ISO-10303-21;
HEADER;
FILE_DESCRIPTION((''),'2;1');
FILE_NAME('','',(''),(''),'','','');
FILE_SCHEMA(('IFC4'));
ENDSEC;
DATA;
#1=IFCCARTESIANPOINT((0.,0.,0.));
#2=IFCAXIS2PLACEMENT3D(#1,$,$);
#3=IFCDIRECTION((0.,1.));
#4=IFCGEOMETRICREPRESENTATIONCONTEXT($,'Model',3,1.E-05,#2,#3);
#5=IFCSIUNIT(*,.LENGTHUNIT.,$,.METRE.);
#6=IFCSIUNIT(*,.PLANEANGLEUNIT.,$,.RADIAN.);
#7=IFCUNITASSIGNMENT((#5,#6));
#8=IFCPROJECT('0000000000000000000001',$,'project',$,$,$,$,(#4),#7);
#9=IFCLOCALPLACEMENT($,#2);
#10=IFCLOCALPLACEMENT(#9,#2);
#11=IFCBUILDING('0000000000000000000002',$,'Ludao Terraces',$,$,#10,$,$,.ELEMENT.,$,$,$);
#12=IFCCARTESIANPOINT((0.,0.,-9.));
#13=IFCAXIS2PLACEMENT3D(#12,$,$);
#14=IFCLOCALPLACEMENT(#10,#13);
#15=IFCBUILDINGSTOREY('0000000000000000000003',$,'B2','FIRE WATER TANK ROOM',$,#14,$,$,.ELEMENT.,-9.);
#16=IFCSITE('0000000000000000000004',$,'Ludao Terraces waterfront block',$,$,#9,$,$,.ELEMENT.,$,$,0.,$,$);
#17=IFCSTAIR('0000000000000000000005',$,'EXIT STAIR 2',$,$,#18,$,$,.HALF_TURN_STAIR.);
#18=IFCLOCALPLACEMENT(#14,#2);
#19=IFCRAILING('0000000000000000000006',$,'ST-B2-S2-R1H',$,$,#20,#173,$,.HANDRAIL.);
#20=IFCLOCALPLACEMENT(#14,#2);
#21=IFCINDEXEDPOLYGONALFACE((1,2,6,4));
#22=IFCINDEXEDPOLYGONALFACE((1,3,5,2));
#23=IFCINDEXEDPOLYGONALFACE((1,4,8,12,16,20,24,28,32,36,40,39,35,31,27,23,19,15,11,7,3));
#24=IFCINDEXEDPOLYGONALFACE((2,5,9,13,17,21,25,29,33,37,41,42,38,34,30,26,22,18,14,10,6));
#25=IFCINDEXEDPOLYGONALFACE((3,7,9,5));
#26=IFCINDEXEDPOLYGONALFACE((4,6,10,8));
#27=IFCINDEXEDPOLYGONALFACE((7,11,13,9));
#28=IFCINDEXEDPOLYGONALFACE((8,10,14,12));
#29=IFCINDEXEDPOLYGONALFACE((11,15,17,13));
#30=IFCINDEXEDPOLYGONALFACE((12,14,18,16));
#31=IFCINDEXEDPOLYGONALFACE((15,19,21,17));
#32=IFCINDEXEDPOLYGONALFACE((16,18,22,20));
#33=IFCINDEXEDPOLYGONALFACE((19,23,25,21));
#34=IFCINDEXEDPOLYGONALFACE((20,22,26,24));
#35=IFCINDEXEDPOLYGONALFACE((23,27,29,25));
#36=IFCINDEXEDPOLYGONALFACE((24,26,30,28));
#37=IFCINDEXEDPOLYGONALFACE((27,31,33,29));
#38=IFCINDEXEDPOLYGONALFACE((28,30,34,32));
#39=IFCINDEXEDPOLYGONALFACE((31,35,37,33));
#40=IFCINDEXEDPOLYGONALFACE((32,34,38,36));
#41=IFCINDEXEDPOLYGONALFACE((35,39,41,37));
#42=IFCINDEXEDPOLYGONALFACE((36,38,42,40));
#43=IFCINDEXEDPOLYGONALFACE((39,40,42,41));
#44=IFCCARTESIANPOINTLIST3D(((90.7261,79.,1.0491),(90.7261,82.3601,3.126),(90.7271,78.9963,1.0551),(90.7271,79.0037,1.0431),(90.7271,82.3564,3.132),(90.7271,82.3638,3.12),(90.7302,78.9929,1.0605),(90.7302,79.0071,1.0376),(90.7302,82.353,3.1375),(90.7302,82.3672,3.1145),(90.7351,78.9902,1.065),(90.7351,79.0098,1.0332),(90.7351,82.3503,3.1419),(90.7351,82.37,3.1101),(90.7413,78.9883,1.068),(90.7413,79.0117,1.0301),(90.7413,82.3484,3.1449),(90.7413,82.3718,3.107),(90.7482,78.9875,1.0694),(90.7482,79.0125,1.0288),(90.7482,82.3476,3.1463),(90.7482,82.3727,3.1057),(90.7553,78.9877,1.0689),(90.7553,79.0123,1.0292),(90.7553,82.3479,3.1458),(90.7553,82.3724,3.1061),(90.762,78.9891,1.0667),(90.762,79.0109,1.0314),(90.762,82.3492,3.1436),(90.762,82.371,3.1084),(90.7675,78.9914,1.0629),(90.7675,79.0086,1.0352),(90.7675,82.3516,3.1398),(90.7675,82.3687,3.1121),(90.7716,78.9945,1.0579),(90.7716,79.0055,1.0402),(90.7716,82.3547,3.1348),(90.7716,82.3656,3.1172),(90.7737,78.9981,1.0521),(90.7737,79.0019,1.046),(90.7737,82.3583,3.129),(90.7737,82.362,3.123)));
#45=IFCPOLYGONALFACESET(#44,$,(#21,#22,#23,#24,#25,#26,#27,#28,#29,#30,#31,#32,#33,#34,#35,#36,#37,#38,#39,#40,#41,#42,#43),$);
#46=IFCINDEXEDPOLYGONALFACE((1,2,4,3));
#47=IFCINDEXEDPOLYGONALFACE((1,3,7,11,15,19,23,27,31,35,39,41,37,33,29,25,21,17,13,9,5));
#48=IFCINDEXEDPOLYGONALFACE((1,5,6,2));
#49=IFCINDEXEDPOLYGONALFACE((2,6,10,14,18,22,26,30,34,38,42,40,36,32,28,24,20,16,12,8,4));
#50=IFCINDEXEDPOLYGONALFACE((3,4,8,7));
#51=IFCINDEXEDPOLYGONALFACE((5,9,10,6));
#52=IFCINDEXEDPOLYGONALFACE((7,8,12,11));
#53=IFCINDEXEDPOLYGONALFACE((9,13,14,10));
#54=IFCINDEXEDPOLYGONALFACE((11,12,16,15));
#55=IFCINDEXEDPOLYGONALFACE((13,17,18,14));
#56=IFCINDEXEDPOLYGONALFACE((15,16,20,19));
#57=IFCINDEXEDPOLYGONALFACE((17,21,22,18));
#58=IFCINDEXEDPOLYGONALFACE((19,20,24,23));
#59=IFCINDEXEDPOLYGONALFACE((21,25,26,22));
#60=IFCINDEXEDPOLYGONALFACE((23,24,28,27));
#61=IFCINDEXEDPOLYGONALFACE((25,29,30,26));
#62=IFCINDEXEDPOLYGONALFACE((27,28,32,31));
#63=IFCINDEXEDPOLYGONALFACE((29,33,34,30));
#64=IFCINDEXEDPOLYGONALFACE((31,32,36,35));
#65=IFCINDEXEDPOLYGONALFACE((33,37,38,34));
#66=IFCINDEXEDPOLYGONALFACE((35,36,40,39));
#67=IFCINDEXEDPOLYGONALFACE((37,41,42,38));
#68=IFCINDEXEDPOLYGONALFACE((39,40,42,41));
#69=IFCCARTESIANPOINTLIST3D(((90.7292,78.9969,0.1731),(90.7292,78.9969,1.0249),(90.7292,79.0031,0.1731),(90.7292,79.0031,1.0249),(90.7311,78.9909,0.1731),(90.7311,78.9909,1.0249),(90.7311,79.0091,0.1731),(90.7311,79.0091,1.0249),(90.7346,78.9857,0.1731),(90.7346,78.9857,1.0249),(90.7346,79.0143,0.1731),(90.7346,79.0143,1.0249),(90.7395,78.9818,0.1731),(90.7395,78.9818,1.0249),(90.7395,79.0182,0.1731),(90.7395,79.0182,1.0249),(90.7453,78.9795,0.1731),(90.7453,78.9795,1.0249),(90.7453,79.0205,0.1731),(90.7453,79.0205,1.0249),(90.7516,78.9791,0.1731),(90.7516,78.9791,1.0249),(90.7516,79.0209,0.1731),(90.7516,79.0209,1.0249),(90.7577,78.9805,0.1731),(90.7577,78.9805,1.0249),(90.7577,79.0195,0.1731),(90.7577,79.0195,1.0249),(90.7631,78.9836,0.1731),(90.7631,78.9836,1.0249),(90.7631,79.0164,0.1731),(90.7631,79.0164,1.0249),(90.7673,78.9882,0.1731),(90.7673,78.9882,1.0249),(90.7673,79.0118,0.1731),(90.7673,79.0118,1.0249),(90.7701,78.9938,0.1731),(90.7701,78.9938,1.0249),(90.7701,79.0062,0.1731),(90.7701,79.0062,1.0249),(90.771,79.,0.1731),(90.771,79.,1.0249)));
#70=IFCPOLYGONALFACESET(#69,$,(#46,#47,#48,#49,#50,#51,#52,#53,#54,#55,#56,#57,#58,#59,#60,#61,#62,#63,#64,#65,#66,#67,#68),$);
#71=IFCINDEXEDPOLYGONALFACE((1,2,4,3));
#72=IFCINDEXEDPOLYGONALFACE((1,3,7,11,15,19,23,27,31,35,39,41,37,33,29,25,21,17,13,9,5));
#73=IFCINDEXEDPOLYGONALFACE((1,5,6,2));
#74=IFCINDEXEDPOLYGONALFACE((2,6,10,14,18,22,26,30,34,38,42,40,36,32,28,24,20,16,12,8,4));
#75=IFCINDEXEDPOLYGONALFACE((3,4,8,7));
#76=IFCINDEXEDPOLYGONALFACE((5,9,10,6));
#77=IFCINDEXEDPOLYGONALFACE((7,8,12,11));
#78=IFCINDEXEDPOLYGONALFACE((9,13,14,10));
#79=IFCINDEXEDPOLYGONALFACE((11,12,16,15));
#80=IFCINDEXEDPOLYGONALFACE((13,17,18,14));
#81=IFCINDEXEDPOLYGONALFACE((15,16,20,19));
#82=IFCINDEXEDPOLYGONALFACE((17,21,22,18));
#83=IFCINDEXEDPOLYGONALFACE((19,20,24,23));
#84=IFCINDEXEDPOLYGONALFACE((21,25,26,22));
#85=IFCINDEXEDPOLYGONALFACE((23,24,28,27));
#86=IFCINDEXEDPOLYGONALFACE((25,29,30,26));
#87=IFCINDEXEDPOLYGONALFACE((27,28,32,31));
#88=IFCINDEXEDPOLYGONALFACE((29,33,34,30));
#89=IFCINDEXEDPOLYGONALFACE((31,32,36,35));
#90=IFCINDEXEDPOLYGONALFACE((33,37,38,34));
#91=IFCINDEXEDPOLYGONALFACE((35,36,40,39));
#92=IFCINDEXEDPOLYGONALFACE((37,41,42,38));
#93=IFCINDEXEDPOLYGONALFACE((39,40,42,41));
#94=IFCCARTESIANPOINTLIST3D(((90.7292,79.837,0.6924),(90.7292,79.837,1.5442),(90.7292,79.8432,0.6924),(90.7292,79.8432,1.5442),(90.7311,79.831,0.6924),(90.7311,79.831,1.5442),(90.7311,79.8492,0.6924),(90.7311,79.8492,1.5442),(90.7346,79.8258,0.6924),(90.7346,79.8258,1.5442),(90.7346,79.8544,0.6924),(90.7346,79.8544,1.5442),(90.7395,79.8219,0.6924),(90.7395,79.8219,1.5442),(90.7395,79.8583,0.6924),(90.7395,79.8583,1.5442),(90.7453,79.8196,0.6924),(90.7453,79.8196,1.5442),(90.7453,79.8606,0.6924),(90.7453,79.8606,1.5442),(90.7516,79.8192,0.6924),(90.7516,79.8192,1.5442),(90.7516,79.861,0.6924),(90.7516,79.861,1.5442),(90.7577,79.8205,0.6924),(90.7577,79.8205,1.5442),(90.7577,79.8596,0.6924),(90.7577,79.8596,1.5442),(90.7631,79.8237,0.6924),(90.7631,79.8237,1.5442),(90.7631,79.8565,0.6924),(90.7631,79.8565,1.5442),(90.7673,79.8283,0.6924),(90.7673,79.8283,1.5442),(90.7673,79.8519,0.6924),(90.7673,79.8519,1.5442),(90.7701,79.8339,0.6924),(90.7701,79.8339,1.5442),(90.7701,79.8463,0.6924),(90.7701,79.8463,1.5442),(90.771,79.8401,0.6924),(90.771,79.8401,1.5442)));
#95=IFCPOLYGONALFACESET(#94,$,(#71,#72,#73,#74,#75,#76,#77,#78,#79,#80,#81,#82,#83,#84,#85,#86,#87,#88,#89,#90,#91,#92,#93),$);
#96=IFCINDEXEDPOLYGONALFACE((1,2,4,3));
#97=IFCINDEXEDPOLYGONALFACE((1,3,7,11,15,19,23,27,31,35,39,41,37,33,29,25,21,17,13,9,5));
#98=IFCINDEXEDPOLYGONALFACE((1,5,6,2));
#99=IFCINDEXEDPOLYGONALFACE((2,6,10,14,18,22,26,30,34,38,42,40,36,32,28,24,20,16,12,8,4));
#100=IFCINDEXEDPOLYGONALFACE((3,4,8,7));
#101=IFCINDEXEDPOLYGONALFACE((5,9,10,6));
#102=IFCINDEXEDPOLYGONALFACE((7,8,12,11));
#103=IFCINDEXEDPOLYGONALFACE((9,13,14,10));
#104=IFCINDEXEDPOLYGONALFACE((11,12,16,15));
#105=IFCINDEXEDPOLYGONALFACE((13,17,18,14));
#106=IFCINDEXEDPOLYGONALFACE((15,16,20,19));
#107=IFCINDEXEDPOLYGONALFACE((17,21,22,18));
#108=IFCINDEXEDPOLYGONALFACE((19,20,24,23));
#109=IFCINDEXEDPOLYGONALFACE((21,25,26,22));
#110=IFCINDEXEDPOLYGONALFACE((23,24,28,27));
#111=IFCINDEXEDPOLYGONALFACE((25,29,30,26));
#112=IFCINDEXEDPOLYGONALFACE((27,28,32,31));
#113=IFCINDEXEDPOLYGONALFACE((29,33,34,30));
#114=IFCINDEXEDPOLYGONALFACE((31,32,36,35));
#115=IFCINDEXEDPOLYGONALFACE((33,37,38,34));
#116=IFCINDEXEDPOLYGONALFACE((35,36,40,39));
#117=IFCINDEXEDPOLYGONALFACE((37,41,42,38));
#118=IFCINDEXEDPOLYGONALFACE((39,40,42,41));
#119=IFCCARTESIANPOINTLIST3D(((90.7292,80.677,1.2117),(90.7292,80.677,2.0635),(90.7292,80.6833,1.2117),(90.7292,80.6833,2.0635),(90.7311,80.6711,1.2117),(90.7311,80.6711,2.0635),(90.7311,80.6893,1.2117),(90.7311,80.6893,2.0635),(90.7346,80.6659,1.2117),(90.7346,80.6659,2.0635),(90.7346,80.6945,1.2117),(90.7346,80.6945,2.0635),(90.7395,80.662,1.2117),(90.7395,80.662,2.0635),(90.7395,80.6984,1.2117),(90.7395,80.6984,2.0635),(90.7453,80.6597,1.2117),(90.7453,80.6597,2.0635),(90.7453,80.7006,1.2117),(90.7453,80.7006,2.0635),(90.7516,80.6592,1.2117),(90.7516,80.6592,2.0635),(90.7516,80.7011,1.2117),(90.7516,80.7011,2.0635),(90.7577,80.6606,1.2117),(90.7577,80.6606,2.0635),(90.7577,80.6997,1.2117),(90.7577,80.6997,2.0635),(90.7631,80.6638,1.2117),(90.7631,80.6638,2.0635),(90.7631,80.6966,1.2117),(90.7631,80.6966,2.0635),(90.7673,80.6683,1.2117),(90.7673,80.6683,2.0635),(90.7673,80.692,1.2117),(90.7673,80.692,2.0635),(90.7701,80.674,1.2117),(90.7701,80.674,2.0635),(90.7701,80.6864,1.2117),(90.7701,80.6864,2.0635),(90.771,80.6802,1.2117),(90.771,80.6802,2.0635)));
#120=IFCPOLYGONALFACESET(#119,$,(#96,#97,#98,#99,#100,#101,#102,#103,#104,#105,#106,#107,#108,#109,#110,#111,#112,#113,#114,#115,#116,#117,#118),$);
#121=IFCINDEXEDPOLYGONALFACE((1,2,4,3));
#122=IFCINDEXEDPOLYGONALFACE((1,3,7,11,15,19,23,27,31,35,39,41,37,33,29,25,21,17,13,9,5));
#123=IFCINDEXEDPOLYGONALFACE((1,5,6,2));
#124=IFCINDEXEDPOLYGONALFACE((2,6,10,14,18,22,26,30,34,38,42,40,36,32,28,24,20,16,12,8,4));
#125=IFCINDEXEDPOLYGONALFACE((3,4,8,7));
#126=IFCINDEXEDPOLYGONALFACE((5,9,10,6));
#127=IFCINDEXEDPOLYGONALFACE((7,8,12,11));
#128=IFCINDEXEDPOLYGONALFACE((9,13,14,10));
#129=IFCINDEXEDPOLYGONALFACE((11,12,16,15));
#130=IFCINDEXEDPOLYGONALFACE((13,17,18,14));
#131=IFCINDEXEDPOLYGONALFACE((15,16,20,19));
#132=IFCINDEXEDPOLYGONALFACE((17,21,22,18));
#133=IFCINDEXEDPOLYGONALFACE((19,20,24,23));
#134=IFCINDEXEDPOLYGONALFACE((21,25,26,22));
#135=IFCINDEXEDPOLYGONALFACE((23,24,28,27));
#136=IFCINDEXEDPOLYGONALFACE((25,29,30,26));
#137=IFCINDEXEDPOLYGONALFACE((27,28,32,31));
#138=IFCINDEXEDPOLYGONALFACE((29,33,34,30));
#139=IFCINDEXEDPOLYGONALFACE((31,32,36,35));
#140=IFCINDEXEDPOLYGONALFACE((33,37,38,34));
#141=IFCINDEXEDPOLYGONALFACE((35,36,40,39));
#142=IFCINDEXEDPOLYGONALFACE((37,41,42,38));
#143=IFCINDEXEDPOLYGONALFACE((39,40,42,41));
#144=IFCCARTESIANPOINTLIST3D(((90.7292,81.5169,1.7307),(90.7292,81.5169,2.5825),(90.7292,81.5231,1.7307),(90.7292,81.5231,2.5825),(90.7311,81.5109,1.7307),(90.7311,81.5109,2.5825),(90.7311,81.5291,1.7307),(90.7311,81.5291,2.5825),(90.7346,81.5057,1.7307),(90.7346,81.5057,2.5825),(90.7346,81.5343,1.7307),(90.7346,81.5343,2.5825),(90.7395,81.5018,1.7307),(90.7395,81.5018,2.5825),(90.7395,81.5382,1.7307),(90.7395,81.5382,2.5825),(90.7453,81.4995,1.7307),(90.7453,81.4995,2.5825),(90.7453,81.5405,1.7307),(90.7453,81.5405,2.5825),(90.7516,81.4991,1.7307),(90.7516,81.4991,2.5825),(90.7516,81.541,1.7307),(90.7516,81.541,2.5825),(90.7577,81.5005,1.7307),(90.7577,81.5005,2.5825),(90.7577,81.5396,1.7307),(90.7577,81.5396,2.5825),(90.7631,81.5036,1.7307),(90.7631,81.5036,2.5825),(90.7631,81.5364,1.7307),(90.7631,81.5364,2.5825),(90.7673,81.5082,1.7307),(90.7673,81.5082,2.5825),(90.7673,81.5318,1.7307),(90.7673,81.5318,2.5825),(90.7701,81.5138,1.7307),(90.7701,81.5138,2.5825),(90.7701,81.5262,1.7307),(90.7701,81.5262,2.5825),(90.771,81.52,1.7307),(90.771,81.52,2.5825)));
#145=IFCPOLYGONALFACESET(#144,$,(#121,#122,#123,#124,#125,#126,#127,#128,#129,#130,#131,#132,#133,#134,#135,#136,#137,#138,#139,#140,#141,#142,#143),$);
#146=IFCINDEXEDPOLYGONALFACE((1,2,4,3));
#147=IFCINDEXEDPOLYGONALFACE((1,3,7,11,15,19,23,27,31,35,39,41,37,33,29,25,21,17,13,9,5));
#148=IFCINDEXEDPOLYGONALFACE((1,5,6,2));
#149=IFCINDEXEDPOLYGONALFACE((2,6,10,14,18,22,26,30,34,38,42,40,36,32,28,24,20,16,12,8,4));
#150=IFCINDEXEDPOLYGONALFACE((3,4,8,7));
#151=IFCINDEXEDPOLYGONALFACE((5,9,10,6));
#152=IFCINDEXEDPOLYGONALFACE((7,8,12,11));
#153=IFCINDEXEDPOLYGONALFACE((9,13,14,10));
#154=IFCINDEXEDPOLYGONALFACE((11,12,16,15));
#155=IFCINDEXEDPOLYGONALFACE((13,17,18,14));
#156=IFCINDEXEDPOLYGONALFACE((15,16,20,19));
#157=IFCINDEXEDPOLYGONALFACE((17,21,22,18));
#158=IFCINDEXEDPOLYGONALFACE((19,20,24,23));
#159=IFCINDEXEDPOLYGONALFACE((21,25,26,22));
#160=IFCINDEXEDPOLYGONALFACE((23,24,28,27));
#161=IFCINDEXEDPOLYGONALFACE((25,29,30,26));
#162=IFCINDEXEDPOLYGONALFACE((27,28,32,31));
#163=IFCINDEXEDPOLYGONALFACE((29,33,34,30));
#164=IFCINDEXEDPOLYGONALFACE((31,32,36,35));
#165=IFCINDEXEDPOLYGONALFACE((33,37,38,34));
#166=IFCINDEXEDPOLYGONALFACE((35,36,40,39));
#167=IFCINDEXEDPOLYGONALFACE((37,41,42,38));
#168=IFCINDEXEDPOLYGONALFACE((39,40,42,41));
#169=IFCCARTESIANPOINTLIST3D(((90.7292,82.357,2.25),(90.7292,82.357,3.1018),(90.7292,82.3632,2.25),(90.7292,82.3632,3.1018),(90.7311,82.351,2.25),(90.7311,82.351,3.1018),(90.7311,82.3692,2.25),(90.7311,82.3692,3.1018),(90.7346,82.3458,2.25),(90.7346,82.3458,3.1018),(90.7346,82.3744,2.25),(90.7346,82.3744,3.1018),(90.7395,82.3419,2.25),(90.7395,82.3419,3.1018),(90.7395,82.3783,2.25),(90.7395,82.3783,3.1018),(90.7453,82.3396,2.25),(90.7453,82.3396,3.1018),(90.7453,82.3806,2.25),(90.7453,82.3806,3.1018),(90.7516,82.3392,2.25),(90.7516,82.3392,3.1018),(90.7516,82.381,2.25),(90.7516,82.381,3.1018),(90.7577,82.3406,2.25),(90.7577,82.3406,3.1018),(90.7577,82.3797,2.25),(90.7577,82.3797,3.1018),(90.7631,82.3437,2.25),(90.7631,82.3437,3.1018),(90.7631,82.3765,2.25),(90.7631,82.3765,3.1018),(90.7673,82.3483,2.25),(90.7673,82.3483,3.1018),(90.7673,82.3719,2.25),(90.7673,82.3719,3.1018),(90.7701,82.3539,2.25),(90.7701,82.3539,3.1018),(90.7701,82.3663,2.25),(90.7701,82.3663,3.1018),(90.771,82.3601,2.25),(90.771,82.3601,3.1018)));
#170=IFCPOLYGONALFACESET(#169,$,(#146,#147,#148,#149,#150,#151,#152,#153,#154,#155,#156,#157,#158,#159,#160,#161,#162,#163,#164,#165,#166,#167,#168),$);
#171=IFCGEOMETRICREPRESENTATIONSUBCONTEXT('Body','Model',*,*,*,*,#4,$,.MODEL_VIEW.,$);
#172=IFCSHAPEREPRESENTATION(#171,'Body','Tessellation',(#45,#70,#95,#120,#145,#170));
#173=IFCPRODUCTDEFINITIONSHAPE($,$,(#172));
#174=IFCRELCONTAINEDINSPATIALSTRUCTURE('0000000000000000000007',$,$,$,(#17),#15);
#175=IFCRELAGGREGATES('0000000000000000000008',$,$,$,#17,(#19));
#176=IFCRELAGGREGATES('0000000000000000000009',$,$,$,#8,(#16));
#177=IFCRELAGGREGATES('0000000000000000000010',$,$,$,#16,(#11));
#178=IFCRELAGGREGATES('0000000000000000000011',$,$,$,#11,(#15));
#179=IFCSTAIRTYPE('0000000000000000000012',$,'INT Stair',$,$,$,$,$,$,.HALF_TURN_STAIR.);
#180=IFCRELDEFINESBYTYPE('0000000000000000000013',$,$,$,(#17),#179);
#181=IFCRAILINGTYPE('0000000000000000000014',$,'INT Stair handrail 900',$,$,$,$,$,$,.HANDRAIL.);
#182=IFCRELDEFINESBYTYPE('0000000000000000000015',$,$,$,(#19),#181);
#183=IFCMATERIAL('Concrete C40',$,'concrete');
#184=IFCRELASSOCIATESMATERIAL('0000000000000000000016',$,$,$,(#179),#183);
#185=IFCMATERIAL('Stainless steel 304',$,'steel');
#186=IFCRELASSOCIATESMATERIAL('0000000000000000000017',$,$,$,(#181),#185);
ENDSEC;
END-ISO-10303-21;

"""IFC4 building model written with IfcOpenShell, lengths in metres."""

from ifc_helpers import new_model, si_unit, direction, frame, origin, origin_2d, place, context, subcontext, project, spatial, circle, extrude, material, type_object, element, aggregate, save


model = new_model("IFC4")

# Units and contexts
model_context = context("Model", 3, precision=1e-05, world=origin(), true_north=direction((0.0, 1.0)))
body_context = subcontext(model_context, "Body", "Model", "MODEL_VIEW")
ifc_project = project(units=[si_unit("LENGTHUNIT", "METRE"), si_unit("PLANEANGLEUNIT", "RADIAN")], contexts=[model_context])

# Site, building, storey
site_placement = place(None, origin())
site = spatial("IfcSite", under=ifc_project, at=site_placement, Name="Ludao Terraces waterfront block", CompositionType="ELEMENT", RefElevation=0.0)
building_placement = place(site_placement, origin())
building = spatial("IfcBuilding", under=site, at=building_placement, Name="Ludao Terraces", CompositionType="ELEMENT")
storey_placement = place(building_placement, frame((0.0, 0.0, -9.0)))
storey = spatial("IfcBuildingStorey", under=building, at=storey_placement, Name="B2", Description="FIRE WATER TANK ROOM", CompositionType="ELEMENT", Elevation=-9.0)

# Shared definitions
ifc_material_1 = material(Name="Concrete C40", Category="concrete")

# Stair, railing
stair_type = type_object("IfcStairType", Name="INT Stair", PredefinedType="HALF_TURN_STAIR", material=ifc_material_1)
stair_placement = place(storey_placement, origin())
stair = element("IfcStair", 1, at=stair_placement, inside=storey, type_object=stair_type, Name="EXIT STAIR 2", PredefinedType="HALF_TURN_STAIR")
ifc_material_2 = material(Name="Stainless steel 304", Category="steel")
railing_type_1 = type_object("IfcRailingType", Name="INT Stair handrail 900", PredefinedType="HANDRAIL", material=ifc_material_2)
railing_1_placement = place(storey_placement, frame((90.75, 79.0, 0.1731)))
railing_1 = element("IfcRailing", 2, at=railing_1_placement, type_object=railing_type_1, Name="ST-B2-S2-R1H", PredefinedType="HANDRAIL", context=body_context, shape_type="SweptSolid", body=[
    extrude(circle(Radius=0.0239, at=origin_2d()), frame((0.0, 0.0, 0.876), z_axis=(0.0, 0.850623, 0.525776), x_axis=(-1.0, 0.0, 0.0)), (0.0, 0.0, 1.0), 3.9502),
    extrude(circle(Radius=0.021, at=origin_2d()), origin(), (0.0, 0.0, 1.0), 0.8518),
    extrude(circle(Radius=0.021, at=origin_2d()), frame((0.0, 0.8401, 0.5193)), (0.0, 0.0, 1.0), 0.8518),
    extrude(circle(Radius=0.021, at=origin_2d()), frame((0.0, 1.6802, 1.0386)), (0.0, 0.0, 1.0), 0.8518),
    extrude(circle(Radius=0.021, at=origin_2d()), frame((0.0, 2.52, 1.5576)), (0.0, 0.0, 1.0), 0.8518),
    extrude(circle(Radius=0.021, at=origin_2d()), frame((0.0, 3.3601, 2.0769)), (0.0, 0.0, 1.0), 0.8518),
])
aggregate(stair, [railing_1])

save(model, "model.ifc")
